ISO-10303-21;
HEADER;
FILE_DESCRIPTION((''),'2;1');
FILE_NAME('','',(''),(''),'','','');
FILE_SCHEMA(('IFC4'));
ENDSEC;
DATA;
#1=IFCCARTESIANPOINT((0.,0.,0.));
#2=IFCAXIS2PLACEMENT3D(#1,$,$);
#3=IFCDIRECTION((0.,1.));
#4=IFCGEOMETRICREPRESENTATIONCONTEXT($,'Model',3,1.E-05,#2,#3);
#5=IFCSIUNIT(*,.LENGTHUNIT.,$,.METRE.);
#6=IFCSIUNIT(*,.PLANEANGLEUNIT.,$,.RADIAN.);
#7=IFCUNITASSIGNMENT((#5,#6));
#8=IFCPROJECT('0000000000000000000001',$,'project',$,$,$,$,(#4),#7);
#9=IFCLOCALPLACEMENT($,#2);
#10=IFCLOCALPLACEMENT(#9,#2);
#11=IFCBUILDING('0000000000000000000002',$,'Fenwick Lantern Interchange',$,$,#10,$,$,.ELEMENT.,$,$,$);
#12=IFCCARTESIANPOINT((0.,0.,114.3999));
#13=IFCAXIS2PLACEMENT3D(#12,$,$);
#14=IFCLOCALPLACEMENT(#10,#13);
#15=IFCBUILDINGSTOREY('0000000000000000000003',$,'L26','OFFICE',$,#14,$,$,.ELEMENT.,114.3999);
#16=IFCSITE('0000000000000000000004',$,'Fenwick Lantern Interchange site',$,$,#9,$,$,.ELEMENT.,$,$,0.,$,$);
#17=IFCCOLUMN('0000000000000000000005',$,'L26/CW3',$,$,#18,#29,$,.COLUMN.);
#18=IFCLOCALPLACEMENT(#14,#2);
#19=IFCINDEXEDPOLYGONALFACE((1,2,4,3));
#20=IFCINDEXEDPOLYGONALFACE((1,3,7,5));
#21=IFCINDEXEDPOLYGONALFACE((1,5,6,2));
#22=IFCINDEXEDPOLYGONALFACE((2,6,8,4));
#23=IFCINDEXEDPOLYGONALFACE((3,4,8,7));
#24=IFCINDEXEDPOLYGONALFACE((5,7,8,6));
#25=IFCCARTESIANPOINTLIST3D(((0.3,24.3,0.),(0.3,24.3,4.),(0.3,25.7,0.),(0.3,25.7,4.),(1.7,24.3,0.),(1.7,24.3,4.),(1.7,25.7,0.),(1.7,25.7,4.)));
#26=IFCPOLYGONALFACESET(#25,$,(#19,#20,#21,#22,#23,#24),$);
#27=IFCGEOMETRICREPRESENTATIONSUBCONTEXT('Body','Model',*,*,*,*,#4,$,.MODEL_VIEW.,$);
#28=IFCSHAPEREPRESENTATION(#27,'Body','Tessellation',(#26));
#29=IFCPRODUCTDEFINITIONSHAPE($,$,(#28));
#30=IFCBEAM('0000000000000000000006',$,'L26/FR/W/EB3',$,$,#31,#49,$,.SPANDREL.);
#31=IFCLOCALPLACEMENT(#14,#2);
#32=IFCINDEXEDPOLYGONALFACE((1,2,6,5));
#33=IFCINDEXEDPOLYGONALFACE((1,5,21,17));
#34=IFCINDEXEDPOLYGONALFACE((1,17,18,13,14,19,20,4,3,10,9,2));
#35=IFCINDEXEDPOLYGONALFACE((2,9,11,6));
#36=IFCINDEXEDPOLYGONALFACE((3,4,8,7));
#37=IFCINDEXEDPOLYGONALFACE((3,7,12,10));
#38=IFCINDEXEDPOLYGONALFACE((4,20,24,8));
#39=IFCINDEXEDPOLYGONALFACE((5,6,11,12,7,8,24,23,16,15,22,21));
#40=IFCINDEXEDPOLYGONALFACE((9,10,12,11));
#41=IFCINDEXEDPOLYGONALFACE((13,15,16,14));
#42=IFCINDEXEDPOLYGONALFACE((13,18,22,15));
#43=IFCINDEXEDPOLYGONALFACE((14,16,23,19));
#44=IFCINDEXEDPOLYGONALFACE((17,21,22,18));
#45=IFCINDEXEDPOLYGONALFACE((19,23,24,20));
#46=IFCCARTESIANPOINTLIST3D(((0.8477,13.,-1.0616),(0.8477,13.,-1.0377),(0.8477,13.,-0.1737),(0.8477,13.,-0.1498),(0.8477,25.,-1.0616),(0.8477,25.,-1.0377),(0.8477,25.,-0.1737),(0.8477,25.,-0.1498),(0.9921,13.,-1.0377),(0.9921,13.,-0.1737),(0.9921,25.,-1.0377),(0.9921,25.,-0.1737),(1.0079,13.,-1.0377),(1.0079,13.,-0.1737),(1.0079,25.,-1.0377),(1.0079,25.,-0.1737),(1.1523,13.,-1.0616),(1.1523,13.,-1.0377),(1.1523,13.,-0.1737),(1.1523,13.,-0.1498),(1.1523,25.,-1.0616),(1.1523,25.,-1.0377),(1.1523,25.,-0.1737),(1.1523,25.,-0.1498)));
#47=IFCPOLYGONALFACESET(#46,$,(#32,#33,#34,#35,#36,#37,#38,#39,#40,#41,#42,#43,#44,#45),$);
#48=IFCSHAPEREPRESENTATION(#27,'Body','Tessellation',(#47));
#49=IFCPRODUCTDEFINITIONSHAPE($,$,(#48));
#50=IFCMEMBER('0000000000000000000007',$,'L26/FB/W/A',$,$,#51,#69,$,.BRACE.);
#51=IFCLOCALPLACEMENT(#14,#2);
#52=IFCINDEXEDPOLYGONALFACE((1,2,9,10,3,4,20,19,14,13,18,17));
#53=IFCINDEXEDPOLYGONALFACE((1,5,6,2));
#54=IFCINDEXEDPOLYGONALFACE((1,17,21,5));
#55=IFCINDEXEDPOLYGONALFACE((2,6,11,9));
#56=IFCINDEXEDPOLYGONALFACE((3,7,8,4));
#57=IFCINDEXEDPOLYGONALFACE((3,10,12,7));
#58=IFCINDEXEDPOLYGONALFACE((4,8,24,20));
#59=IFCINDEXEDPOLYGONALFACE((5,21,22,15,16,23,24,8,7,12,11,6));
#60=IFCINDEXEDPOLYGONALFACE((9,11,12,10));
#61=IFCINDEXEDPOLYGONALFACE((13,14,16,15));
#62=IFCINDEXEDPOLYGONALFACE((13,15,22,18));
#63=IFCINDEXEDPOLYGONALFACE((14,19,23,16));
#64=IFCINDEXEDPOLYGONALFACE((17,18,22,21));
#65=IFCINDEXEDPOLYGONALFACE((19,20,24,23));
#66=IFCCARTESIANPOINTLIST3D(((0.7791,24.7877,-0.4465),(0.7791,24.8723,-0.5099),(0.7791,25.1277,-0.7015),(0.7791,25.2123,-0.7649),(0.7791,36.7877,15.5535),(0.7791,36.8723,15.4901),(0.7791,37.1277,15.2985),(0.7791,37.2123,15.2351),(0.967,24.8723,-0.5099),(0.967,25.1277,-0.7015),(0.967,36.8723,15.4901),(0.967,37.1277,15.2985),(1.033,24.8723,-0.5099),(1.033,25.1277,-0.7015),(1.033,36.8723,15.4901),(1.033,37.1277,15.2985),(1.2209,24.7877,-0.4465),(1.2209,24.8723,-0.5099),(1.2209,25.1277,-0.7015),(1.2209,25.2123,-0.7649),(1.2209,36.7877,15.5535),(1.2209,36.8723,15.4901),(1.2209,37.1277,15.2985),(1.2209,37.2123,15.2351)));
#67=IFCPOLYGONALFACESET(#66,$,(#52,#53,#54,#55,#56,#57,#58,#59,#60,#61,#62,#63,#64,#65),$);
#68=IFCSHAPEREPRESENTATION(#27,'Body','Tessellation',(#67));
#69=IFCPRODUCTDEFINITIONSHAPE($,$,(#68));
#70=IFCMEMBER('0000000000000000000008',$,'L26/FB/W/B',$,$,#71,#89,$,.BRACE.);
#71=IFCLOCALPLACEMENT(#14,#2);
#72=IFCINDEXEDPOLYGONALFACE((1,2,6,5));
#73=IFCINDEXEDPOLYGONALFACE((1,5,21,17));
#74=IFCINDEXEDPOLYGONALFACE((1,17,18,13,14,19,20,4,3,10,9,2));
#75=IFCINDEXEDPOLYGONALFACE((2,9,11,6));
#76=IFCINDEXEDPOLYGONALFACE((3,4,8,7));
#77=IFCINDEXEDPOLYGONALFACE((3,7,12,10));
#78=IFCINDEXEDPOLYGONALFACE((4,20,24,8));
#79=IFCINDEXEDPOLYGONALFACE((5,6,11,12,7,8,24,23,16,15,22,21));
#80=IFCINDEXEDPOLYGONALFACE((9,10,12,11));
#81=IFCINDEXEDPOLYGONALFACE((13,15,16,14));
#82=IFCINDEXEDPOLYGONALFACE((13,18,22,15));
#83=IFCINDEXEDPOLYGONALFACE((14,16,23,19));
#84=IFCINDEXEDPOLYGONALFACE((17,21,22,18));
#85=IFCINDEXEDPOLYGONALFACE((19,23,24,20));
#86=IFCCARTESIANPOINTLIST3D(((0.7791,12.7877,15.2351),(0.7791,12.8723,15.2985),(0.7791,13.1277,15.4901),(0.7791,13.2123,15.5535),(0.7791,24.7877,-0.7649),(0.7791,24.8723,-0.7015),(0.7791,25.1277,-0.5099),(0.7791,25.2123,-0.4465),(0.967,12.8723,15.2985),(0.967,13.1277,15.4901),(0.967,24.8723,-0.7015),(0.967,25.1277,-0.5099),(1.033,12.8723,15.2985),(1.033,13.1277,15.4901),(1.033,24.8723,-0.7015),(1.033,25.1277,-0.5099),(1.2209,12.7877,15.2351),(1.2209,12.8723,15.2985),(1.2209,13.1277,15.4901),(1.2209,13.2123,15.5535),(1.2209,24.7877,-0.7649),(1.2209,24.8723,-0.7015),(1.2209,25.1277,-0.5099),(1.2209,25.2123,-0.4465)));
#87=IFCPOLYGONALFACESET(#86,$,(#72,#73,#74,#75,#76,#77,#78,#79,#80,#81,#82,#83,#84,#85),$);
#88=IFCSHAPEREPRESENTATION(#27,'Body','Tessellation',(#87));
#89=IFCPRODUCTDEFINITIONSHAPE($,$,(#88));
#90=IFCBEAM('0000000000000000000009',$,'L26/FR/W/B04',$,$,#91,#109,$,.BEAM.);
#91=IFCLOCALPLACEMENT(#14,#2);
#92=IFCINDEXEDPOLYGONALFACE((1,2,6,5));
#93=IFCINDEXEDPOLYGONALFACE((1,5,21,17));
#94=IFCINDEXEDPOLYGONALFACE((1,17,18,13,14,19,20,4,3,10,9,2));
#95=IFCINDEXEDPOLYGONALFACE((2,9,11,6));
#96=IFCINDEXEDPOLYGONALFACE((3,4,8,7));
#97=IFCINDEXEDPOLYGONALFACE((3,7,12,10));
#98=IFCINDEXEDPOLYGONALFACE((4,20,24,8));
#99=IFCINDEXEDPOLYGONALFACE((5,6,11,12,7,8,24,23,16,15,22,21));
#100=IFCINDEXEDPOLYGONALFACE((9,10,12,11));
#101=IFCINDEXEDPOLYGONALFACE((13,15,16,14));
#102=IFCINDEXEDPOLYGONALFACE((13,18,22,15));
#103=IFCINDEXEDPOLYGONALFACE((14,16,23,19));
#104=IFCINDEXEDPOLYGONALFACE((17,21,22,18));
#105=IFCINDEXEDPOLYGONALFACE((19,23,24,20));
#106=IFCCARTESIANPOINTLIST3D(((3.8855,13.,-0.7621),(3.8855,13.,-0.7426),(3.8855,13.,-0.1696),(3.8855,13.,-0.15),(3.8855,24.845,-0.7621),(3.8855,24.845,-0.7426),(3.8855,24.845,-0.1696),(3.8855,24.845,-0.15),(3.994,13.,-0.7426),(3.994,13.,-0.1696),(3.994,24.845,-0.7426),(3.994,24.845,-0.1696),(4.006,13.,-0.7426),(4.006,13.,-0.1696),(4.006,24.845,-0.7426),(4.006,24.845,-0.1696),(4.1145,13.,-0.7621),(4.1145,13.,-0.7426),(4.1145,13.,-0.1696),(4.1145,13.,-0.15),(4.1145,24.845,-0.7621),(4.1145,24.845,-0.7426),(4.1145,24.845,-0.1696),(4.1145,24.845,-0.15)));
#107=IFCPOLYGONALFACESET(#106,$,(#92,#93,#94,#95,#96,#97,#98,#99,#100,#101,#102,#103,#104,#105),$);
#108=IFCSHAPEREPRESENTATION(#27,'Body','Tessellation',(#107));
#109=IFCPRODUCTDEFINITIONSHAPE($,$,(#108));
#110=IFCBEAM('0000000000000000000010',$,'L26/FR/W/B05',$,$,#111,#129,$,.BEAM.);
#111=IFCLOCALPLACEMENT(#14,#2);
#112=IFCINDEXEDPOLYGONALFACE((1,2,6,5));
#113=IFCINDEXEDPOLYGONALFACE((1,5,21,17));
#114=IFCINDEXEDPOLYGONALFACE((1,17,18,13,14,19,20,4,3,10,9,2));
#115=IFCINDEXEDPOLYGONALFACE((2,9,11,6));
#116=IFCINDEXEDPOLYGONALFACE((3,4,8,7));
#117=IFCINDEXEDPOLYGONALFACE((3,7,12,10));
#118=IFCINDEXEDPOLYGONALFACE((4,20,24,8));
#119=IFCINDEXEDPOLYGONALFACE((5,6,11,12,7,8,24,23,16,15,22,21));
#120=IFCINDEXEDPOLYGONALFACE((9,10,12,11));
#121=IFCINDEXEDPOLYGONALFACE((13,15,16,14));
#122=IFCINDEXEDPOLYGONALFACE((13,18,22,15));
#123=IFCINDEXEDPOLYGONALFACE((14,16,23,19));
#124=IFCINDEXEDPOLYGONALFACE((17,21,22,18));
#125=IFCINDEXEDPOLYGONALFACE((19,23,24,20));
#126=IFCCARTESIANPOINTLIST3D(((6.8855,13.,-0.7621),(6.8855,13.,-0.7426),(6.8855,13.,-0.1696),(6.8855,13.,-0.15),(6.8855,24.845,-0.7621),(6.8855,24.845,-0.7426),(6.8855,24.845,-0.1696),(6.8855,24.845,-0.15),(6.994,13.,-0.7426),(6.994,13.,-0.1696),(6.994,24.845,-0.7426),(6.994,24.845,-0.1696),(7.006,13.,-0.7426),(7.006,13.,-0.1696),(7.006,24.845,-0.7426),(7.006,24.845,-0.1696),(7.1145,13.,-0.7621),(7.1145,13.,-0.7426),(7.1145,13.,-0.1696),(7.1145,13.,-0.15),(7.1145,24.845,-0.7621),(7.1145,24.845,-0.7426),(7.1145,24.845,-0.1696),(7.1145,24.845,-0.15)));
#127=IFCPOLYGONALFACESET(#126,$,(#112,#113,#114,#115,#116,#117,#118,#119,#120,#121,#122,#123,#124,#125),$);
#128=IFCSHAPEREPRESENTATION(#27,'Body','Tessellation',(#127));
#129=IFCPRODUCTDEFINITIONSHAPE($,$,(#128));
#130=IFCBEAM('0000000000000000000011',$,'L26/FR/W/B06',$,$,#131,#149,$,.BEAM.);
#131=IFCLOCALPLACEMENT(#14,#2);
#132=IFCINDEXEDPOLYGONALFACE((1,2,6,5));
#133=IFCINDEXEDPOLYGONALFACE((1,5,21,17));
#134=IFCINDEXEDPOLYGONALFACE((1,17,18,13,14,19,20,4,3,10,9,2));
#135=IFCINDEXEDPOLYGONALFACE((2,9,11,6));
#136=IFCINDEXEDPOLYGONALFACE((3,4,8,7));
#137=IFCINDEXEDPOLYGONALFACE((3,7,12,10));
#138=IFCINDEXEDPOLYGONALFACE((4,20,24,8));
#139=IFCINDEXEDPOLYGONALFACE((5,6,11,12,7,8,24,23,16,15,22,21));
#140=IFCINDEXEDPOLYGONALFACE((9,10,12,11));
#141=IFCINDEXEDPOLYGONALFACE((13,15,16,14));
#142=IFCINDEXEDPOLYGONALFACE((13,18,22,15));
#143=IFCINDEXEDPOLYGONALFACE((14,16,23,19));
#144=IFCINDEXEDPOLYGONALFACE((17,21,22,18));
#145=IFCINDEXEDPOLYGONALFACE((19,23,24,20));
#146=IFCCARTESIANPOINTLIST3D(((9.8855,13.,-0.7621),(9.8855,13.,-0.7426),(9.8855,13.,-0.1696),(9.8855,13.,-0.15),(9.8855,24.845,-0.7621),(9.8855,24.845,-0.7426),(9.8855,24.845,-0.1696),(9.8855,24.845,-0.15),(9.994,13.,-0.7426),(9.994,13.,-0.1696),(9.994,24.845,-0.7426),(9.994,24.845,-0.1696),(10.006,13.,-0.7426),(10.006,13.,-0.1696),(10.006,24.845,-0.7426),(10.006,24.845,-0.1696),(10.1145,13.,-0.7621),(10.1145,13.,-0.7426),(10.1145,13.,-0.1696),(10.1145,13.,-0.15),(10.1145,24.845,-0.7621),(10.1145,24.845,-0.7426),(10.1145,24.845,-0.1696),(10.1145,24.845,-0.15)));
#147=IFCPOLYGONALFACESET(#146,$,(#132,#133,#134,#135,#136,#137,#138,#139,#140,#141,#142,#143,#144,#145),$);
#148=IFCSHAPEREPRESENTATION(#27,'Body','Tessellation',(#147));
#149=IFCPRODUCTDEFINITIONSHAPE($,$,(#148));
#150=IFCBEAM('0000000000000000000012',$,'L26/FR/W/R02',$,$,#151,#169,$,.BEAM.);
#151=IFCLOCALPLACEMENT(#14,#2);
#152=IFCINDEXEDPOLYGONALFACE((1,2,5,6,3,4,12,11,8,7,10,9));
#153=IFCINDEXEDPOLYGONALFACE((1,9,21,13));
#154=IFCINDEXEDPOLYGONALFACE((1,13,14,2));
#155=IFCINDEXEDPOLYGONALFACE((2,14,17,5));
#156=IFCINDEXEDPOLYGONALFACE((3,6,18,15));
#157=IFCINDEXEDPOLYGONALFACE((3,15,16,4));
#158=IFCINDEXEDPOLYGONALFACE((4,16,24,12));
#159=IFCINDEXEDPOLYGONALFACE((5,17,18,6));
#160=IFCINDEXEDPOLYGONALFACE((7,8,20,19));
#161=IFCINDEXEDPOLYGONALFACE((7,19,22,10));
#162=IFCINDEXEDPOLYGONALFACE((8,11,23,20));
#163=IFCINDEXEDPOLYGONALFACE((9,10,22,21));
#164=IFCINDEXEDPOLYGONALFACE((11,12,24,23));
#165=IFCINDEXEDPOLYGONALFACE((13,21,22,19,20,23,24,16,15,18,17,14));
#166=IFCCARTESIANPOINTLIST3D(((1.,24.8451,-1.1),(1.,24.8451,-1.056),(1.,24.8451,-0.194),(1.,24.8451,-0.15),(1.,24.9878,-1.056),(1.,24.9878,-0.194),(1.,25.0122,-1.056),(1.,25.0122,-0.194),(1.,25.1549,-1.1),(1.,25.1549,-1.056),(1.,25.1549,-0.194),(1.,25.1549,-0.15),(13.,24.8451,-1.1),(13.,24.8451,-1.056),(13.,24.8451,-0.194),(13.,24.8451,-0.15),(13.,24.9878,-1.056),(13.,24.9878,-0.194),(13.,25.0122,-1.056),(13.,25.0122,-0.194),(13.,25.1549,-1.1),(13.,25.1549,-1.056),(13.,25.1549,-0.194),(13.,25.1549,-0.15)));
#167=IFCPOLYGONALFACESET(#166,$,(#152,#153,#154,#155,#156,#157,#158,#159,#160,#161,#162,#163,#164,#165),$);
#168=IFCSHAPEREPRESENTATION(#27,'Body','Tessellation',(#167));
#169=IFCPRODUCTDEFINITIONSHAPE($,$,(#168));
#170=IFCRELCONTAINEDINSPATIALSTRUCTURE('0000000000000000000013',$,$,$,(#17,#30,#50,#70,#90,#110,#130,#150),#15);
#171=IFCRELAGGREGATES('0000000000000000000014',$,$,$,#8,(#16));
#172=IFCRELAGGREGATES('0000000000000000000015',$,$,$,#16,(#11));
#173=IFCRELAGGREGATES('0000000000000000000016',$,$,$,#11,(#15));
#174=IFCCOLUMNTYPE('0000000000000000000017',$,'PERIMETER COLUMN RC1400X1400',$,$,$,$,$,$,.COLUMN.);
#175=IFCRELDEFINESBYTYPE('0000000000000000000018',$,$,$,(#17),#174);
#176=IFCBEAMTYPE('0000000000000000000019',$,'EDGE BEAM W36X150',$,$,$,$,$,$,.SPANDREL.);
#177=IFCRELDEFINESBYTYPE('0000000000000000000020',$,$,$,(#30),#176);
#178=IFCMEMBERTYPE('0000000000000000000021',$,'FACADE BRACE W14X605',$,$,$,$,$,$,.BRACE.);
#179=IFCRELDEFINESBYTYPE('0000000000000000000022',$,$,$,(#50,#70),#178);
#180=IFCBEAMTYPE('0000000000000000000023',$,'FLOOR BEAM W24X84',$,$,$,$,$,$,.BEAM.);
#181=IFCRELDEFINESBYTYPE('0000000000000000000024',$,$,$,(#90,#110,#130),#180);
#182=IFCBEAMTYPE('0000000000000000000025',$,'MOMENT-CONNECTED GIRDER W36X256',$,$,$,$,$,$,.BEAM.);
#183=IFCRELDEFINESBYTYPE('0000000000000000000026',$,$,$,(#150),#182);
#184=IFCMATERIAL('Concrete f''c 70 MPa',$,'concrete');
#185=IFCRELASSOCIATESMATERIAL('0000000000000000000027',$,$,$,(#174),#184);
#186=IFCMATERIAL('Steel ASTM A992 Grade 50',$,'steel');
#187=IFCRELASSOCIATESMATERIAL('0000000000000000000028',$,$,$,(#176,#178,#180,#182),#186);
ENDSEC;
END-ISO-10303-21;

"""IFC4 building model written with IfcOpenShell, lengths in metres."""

from ifc_helpers import new_model, si_unit, direction, frame, origin, origin_2d, place, context, subcontext, project, spatial, rectangle, i_section, extrude, material, material_profile, profile_set, type_object, element, save


model = new_model("IFC4")

# Units and contexts
model_context = context("Model", 3, precision=1e-05, world=origin(), true_north=direction((0.0, 1.0)))
body_context = subcontext(model_context, "Body", "Model", "MODEL_VIEW")
ifc_project = project(units=[si_unit("LENGTHUNIT", "METRE"), si_unit("PLANEANGLEUNIT", "RADIAN")], contexts=[model_context])

# Site, building, storey
site_placement = place(None, origin())
site = spatial("IfcSite", under=ifc_project, at=site_placement, Name="Fenwick Lantern Interchange site", CompositionType="ELEMENT", RefElevation=0.0)
building_placement = place(site_placement, origin())
building = spatial("IfcBuilding", under=site, at=building_placement, Name="Fenwick Lantern Interchange", CompositionType="ELEMENT")
storey_placement = place(building_placement, frame((0.0, 0.0, 114.3999)))
storey = spatial("IfcBuildingStorey", under=building, at=storey_placement, Name="L26", Description="OFFICE", CompositionType="ELEMENT", Elevation=114.3999)

# Column
ifc_material_1 = material(Name="Concrete f'c 70 MPa", Category="concrete")
ifc_material_profile_1 = material_profile(ifc_material_1, rectangle(XDim=1.3999, YDim=1.3999, at=origin_2d()), Name="RC1400X1400")
ifc_profile_set_1 = profile_set([ifc_material_profile_1], Name="Concrete f'c 70 MPa")
column_type = type_object("IfcColumnType", Name="PERIMETER COLUMN RC1400X1400", PredefinedType="COLUMN", material=ifc_profile_set_1)
column_placement = place(storey_placement, frame((1.0, 25.0, 0.0), z_axis=(0.0, 0.0, 1.0), x_axis=(1.0, 0.0, 0.0)))
element("IfcColumn", 1, at=column_placement, inside=storey, type_object=column_type, Name="L26/CW3", PredefinedType="COLUMN", context=body_context, shape_type="SweptSolid", body=[
    extrude(rectangle(XDim=1.3999, YDim=1.3999, at=origin_2d()), origin(), (0.0, 0.0, 1.0), 4.0),
])

# Beam
ifc_material_2 = material(Name="Steel ASTM A992 Grade 50", Category="steel")
ifc_material_profile_2 = material_profile(ifc_material_2, i_section(OverallWidth=0.3047, OverallDepth=0.9119, WebThickness=0.0159, FlangeThickness=0.0239, at=origin_2d()), Name="W36X150")
ifc_profile_set_2 = profile_set([ifc_material_profile_2], Name="Steel ASTM A992 Grade 50")
beam_type_1 = type_object("IfcBeamType", Name="EDGE BEAM W36X150", PredefinedType="SPANDREL", material=ifc_profile_set_2)
beam_1_placement = place(storey_placement, frame((1.0, 25.0, -0.6057), z_axis=(0.0, -1.0, 0.0), x_axis=(1.0, 0.0, 0.0)))
element("IfcBeam", 2, at=beam_1_placement, inside=storey, type_object=beam_type_1, Name="L26/FR/W/EB3", PredefinedType="SPANDREL", context=body_context, shape_type="SweptSolid", body=[
    extrude(i_section(OverallWidth=0.3047, OverallDepth=0.9119, WebThickness=0.0159, FlangeThickness=0.0239, at=origin_2d()), origin(), (0.0, 0.0, 1.0), 12.0),
])

# Members
ifc_material_profile_3 = material_profile(ifc_material_2, i_section(OverallWidth=0.4419, OverallDepth=0.5308, WebThickness=0.0659, FlangeThickness=0.1057, at=origin_2d()), Name="W14X605")
ifc_profile_set_3 = profile_set([ifc_material_profile_3], Name="Steel ASTM A992 Grade 50")
member_type = type_object("IfcMemberType", Name="FACADE BRACE W14X605", PredefinedType="BRACE", material=ifc_profile_set_3)
for number, where, z_axis, x_axis, name in (
    (3, (1.0, 25.0, -0.6057), (0.0, 0.6, 0.8), (-1.0, 0.0, 0.0), "L26/FB/W/A"),
    (4, (1.0, 25.0, -0.6057), (0.0, -0.6, 0.8), (1.0, 0.0, 0.0), "L26/FB/W/B"),
):
    element("IfcMember", number, at=place(storey_placement, frame(where, z_axis=z_axis, x_axis=x_axis)), inside=storey, type_object=member_type, Name=name, PredefinedType="BRACE", context=body_context, shape_type="SweptSolid", body=[
        extrude(i_section(OverallWidth=0.4419, OverallDepth=0.5308, WebThickness=0.0659, FlangeThickness=0.1057, at=origin_2d()), origin(), (0.0, 0.0, 1.0), 20.0),
    ])

# Beams
ifc_material_profile_4 = material_profile(ifc_material_2, i_section(OverallWidth=0.229, OverallDepth=0.6121, WebThickness=0.012, FlangeThickness=0.0195, at=origin_2d()), Name="W24X84")
ifc_profile_set_4 = profile_set([ifc_material_profile_4], Name="Steel ASTM A992 Grade 50")
beam_type_2 = type_object("IfcBeamType", Name="FLOOR BEAM W24X84", PredefinedType="BEAM", material=ifc_profile_set_4)
for number, where, z_axis, x_axis, name in (
    (5, (4.0, 24.845, -0.4561), (0.0, -1.0, 0.0), (1.0, 0.0, 0.0), "L26/FR/W/B04"),
    (6, (7.0, 24.845, -0.4561), (0.0, -1.0, 0.0), (1.0, 0.0, 0.0), "L26/FR/W/B05"),
    (7, (10.0, 24.845, -0.4561), (0.0, -1.0, 0.0), (1.0, 0.0, 0.0), "L26/FR/W/B06"),
):
    element("IfcBeam", number, at=place(storey_placement, frame(where, z_axis=z_axis, x_axis=x_axis)), inside=storey, type_object=beam_type_2, Name=name, PredefinedType="BEAM", context=body_context, shape_type="SweptSolid", body=[
        extrude(i_section(OverallWidth=0.229, OverallDepth=0.6121, WebThickness=0.012, FlangeThickness=0.0195, at=origin_2d()), origin(), (0.0, 0.0, 1.0), 11.845),
    ])
ifc_material_profile_5 = material_profile(ifc_material_2, i_section(OverallWidth=0.3098, OverallDepth=0.95, WebThickness=0.0244, FlangeThickness=0.0439, at=origin_2d()), Name="W36X256")
ifc_profile_set_5 = profile_set([ifc_material_profile_5], Name="Steel ASTM A992 Grade 50")
beam_type_3 = type_object("IfcBeamType", Name="MOMENT-CONNECTED GIRDER W36X256", PredefinedType="BEAM", material=ifc_profile_set_5)
beam_2_placement = place(storey_placement, frame((1.0, 25.0, -0.625), z_axis=(1.0, 0.0, 0.0), x_axis=(0.0, 1.0, 0.0)))
element("IfcBeam", 8, at=beam_2_placement, inside=storey, type_object=beam_type_3, Name="L26/FR/W/R02", PredefinedType="BEAM", context=body_context, shape_type="SweptSolid", body=[
    extrude(i_section(OverallWidth=0.3098, OverallDepth=0.95, WebThickness=0.0244, FlangeThickness=0.0439, at=origin_2d()), origin(), (0.0, 0.0, 1.0), 12.0),
])

save(model, "model.ifc")
